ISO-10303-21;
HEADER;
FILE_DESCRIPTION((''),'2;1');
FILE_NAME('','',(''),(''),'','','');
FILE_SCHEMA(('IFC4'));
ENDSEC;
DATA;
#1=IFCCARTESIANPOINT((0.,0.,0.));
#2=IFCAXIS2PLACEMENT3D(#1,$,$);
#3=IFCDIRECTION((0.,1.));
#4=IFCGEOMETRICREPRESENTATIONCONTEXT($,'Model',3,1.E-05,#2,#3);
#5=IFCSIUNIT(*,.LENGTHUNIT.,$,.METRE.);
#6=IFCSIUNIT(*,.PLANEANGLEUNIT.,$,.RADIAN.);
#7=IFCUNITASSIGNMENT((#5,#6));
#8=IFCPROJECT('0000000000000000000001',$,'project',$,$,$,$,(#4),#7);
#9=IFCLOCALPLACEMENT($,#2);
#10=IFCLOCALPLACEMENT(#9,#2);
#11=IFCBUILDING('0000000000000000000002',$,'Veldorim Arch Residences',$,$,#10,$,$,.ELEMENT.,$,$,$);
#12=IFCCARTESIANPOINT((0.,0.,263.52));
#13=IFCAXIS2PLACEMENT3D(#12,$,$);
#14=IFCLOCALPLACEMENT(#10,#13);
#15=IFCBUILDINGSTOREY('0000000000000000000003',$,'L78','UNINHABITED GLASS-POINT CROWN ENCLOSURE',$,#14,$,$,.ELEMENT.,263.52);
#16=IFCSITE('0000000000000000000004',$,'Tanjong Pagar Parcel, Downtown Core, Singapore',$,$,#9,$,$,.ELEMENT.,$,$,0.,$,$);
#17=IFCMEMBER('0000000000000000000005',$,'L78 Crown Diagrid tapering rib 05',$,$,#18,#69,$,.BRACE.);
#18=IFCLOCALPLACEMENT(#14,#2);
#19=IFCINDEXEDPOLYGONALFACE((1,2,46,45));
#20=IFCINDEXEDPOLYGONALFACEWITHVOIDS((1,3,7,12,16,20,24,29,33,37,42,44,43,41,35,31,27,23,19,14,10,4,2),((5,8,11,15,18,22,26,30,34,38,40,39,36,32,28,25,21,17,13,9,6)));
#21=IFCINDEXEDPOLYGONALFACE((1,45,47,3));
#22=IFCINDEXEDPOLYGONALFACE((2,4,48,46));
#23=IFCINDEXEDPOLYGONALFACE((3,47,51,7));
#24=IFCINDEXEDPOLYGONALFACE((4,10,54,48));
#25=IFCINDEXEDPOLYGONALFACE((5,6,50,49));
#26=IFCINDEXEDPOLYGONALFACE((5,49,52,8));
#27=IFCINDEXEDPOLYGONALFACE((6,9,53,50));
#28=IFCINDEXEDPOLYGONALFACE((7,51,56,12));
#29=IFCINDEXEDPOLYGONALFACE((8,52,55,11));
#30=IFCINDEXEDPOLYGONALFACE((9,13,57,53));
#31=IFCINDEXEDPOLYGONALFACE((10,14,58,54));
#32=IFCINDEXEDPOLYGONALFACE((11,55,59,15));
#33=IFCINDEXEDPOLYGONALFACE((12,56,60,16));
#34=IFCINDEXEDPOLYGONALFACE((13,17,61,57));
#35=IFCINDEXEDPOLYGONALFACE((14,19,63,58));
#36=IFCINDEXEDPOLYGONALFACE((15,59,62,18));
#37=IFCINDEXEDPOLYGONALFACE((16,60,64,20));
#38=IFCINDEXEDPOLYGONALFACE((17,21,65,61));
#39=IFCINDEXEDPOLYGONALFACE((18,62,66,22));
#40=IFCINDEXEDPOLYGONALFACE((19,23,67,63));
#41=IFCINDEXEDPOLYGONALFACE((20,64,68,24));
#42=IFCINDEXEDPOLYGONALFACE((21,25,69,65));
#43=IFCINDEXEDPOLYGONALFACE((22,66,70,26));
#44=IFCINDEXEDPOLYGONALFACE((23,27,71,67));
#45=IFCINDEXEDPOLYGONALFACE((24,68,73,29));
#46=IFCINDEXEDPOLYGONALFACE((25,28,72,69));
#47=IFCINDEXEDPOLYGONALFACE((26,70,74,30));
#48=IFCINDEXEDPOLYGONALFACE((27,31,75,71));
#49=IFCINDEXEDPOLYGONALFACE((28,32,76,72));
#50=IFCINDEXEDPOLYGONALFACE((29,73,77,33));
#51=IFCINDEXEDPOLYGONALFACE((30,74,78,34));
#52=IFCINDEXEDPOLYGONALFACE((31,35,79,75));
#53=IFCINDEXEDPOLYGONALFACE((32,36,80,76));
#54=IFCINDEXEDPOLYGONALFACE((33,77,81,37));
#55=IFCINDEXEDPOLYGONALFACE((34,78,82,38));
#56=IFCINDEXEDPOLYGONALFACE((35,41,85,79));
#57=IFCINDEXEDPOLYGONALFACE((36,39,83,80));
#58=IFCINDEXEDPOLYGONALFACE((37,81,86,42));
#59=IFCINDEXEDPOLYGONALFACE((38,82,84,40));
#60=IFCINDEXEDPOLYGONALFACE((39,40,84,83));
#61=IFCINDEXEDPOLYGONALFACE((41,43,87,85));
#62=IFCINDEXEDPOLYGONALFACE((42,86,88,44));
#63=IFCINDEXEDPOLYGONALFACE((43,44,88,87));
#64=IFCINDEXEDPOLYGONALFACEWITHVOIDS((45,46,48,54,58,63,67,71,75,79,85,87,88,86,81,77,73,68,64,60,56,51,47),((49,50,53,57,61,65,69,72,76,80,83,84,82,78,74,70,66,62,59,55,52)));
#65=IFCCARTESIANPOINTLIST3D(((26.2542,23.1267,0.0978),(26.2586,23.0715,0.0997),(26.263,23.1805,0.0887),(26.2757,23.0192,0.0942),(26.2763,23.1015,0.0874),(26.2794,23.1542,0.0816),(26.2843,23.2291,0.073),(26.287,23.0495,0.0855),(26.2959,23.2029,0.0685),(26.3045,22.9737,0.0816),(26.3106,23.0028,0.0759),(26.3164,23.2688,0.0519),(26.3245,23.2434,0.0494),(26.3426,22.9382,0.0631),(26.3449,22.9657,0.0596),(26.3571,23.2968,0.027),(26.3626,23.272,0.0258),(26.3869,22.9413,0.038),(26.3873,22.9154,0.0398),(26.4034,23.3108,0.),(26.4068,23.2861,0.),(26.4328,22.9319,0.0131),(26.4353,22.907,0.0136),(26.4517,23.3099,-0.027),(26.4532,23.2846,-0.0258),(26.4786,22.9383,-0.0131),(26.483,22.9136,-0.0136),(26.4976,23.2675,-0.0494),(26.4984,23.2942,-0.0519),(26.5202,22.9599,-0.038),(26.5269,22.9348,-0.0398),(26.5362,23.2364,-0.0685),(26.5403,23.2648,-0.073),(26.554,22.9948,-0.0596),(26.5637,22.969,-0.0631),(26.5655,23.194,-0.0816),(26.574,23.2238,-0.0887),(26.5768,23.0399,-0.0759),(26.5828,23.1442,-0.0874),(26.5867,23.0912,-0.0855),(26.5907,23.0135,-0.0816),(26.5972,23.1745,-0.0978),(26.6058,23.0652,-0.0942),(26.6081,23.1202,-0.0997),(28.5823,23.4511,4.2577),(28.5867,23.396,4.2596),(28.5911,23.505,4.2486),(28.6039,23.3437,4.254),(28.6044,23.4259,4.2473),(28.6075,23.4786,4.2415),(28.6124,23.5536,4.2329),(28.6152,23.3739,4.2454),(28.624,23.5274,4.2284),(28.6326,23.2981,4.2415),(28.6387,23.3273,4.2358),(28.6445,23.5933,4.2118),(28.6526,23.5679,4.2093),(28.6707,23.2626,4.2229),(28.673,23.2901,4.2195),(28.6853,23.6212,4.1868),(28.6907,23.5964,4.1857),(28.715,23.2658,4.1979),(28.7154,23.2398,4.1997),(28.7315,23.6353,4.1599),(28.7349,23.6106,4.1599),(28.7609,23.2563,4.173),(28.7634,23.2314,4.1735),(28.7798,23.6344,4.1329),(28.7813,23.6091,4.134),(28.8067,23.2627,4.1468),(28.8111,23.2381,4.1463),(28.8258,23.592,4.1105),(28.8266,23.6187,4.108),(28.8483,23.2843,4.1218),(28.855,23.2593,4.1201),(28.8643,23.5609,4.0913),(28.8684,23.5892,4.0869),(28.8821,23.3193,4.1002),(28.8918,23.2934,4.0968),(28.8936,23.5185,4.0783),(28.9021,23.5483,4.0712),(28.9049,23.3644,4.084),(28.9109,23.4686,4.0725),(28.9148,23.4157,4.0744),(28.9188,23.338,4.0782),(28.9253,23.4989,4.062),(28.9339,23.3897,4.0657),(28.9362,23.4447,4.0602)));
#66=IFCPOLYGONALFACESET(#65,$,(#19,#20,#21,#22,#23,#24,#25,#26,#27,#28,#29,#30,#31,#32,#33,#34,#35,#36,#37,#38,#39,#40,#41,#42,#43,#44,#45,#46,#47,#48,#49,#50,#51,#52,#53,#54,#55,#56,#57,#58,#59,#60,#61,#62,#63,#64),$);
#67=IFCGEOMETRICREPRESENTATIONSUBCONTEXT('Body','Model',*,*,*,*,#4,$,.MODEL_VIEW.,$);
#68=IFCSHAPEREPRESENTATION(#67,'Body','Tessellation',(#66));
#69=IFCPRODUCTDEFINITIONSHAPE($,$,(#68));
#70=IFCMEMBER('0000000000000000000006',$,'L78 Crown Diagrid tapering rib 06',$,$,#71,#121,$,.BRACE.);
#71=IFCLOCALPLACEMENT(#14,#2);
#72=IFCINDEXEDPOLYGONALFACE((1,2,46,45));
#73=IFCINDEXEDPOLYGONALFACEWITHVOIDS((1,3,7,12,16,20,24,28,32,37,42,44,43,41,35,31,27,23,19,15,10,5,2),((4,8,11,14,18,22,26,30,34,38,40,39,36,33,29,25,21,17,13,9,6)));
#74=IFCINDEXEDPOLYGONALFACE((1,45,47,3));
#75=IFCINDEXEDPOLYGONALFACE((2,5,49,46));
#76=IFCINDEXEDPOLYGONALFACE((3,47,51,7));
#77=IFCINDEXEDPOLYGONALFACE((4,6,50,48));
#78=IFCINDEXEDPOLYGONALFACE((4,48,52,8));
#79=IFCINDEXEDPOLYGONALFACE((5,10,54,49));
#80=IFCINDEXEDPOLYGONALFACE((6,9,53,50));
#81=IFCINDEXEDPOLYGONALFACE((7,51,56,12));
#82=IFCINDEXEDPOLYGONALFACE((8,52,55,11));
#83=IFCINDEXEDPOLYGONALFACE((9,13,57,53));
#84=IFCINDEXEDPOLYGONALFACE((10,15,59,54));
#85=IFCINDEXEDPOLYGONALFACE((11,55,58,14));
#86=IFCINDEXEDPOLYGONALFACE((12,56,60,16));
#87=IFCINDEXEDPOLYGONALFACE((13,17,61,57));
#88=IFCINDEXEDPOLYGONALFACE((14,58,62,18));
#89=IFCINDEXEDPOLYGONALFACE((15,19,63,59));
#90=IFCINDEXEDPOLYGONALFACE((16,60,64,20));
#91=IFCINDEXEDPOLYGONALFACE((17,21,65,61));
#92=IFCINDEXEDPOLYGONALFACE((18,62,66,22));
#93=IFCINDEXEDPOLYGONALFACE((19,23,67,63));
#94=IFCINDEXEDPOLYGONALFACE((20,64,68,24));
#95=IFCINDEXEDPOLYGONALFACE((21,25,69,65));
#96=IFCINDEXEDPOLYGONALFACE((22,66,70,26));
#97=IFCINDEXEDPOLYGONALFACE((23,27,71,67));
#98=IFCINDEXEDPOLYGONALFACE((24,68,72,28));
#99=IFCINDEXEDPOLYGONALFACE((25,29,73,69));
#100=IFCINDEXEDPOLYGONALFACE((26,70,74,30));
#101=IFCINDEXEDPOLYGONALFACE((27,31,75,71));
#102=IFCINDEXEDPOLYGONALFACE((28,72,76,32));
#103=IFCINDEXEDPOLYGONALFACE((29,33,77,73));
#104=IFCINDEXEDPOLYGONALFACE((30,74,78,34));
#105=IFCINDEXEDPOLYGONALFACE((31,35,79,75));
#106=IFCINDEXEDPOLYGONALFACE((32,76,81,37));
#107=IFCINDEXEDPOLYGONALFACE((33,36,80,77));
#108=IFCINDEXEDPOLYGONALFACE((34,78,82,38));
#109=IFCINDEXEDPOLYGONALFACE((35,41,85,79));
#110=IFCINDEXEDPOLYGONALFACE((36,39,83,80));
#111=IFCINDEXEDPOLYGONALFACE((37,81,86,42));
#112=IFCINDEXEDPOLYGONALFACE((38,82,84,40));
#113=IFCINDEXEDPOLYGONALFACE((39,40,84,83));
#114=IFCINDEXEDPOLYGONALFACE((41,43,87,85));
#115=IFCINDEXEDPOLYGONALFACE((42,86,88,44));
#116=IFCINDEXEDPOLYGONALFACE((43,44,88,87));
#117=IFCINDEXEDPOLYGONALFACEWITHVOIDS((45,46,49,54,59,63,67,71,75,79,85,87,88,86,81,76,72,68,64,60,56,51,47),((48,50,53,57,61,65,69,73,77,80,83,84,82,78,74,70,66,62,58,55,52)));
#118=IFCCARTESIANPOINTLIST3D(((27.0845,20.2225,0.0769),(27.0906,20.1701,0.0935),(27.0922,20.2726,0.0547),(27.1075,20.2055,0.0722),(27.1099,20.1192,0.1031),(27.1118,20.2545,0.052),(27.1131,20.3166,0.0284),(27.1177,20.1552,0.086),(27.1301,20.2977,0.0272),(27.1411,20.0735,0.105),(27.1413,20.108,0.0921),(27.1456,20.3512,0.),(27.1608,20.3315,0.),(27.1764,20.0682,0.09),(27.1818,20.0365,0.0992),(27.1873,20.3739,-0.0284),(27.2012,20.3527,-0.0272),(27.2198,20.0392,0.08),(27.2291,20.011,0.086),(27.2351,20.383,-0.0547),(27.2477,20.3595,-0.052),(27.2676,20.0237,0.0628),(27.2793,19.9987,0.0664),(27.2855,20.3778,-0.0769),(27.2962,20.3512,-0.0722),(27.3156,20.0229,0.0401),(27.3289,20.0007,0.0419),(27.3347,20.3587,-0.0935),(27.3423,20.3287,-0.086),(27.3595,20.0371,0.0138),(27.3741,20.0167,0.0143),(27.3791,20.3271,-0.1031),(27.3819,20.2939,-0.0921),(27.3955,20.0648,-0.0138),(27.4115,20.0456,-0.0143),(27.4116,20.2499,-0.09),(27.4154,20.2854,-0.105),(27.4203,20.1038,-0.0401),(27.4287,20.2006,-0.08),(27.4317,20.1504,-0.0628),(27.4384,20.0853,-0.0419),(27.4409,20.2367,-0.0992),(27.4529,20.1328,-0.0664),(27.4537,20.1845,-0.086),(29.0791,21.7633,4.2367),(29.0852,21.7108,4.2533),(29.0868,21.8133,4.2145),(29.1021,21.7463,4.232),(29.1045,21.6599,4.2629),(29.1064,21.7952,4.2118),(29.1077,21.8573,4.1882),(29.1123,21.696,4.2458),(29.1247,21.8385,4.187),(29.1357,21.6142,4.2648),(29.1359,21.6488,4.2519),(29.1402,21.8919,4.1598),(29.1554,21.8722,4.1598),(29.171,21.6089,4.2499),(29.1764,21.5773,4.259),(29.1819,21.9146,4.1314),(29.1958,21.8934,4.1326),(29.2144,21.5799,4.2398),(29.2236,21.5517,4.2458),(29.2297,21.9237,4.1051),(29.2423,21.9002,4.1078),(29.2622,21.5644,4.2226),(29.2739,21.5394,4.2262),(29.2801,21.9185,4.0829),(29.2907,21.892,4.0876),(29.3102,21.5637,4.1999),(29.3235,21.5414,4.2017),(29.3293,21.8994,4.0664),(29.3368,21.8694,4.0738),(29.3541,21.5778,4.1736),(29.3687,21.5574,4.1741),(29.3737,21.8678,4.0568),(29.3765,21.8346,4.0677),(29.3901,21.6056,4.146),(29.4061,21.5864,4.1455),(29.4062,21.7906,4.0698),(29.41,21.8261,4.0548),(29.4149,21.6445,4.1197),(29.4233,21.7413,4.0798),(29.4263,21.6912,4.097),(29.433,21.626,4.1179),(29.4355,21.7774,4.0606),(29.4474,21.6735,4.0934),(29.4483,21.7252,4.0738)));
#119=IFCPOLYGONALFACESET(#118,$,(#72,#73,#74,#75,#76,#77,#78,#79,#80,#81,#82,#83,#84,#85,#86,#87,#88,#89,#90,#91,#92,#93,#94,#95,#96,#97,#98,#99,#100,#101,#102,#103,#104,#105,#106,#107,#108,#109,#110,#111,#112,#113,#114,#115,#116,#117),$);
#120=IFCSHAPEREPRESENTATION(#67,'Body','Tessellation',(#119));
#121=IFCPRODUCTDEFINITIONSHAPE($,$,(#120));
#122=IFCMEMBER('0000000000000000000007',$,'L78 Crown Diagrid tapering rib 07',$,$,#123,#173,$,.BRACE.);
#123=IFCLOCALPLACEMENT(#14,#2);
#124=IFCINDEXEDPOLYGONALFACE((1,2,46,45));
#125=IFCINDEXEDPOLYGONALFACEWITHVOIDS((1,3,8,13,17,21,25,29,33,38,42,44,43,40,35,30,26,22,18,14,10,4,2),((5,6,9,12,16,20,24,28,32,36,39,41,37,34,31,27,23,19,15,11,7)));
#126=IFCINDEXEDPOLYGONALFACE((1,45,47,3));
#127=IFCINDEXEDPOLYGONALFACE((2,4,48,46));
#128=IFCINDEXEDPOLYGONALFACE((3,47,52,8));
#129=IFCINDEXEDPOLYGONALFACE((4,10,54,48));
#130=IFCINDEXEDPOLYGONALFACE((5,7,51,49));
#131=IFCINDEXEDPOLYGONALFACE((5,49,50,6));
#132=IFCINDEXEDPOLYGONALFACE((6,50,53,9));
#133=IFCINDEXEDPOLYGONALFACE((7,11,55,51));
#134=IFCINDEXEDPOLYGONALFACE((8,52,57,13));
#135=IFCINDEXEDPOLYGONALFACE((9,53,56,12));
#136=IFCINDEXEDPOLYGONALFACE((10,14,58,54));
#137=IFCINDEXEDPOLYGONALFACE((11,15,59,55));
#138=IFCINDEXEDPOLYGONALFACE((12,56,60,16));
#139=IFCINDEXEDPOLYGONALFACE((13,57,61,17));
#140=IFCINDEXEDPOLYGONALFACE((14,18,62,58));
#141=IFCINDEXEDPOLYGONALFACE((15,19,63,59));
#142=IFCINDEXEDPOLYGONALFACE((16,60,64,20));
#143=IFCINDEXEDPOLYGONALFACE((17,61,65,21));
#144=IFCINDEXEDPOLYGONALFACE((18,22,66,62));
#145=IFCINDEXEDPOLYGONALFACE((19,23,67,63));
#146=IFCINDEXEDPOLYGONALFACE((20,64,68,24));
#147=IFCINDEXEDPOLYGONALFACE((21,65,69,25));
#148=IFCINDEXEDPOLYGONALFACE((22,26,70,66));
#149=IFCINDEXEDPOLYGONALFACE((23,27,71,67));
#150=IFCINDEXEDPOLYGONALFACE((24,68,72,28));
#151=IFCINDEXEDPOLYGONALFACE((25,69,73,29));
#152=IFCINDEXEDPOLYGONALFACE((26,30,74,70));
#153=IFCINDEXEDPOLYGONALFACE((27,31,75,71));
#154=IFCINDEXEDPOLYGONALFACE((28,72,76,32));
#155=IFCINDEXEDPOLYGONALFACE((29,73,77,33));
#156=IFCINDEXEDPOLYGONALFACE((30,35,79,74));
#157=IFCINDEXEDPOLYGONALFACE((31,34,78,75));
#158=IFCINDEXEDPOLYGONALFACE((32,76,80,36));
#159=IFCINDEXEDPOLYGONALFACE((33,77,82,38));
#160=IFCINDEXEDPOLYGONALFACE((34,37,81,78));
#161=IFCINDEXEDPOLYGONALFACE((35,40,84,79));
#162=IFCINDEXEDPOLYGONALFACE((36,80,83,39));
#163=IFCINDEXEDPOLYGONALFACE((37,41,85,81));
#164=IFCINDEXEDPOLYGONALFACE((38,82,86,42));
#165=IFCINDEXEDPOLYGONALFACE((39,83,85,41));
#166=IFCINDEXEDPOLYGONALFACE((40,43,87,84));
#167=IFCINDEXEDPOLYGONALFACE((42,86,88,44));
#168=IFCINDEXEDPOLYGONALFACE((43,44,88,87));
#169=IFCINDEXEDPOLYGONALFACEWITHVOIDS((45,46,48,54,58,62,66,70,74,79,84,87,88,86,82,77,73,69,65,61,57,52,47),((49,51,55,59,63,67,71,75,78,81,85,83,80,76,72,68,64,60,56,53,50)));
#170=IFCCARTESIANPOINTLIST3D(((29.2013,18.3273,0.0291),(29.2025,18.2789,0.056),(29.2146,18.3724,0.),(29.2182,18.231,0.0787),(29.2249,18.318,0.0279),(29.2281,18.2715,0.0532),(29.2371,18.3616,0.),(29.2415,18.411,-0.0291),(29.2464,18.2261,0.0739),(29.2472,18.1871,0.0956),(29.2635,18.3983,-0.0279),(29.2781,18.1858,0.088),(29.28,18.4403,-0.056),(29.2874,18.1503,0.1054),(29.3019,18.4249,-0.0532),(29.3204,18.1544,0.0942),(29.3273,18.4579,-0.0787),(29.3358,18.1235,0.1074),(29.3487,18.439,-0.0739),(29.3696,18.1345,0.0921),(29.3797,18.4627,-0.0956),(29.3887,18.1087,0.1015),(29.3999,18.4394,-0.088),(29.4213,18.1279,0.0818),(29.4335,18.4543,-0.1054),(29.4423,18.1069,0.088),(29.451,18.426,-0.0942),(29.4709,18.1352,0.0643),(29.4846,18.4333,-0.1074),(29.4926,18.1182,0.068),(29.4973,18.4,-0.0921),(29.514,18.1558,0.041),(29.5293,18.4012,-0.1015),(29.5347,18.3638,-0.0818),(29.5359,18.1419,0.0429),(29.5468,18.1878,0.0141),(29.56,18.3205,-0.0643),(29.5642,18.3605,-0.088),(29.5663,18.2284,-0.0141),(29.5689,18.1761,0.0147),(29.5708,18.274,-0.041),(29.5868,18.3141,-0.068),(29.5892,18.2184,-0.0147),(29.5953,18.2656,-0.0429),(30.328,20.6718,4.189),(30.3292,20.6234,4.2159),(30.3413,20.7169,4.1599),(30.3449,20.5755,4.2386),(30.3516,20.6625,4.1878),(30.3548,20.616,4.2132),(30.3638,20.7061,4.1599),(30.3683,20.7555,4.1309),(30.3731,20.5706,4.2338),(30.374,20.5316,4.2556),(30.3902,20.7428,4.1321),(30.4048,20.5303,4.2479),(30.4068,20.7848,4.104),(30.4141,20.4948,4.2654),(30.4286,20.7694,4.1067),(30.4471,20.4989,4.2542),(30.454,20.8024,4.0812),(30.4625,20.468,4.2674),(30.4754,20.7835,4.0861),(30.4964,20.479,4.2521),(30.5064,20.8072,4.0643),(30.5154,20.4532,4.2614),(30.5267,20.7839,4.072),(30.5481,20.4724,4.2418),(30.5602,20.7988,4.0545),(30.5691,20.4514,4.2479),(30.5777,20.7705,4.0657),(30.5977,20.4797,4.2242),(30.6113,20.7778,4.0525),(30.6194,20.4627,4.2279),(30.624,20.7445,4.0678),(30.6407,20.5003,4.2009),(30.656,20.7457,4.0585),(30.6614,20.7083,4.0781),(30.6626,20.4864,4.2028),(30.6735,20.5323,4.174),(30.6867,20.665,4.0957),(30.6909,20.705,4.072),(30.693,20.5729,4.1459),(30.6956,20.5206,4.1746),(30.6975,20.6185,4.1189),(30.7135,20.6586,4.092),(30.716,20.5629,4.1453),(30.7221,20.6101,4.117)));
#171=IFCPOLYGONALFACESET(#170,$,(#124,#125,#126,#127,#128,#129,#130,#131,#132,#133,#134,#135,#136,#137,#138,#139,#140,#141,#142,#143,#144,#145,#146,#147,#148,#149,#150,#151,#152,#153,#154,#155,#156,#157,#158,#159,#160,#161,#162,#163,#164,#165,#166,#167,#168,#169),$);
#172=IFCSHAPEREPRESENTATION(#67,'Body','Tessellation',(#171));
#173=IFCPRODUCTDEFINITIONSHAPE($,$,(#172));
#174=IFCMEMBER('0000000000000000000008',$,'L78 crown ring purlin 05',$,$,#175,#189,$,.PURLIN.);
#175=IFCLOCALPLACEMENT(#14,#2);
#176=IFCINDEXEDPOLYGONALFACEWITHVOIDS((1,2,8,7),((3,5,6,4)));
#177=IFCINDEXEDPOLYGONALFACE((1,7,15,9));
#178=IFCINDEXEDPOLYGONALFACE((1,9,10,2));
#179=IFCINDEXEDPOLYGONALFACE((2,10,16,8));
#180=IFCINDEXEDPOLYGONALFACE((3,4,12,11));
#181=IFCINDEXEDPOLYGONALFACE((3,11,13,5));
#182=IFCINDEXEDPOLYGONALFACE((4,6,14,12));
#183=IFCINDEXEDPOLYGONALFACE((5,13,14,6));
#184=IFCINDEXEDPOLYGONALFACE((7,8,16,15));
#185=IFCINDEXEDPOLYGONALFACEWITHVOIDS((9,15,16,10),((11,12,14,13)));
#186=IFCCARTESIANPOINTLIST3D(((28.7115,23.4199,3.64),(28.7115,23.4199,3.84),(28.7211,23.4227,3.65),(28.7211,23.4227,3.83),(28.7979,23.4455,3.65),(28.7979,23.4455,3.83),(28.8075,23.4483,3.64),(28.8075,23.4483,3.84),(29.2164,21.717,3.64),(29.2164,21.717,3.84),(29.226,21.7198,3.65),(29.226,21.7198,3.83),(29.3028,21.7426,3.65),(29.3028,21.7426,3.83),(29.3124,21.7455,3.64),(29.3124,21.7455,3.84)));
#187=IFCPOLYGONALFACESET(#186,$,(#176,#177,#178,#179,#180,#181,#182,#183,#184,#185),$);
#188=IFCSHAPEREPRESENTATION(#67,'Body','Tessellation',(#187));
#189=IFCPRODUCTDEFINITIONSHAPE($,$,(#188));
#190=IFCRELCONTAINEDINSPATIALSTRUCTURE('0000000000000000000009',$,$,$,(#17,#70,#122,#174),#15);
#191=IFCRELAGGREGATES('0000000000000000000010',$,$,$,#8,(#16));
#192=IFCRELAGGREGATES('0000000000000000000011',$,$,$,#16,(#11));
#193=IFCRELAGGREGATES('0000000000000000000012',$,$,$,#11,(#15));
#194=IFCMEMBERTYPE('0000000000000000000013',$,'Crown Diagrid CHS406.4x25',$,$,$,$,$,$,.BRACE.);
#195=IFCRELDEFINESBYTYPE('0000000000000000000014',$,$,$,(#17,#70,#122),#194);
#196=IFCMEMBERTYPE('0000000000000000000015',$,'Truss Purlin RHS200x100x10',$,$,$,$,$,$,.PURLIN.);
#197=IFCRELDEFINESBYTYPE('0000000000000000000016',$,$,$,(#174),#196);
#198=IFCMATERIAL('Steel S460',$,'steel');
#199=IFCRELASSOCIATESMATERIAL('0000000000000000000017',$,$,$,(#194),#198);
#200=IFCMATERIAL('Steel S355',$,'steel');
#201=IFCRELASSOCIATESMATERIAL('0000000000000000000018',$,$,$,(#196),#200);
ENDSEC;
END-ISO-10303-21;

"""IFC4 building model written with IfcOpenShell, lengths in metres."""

from ifc_helpers import new_model, si_unit, direction, frame, origin, origin_2d, place, context, subcontext, project, spatial, hollow_rectangle, hollow_circle, extrude, material, material_profile, profile_set, type_object, element, save


model = new_model("IFC4")

# Units and contexts
model_context = context("Model", 3, precision=1e-05, world=origin(), true_north=direction((0.0, 1.0)))
body_context = subcontext(model_context, "Body", "Model", "MODEL_VIEW")
ifc_project = project(units=[si_unit("LENGTHUNIT", "METRE"), si_unit("PLANEANGLEUNIT", "RADIAN")], contexts=[model_context])

# Site, building, storey
site_placement = place(None, origin())
site = spatial("IfcSite", under=ifc_project, at=site_placement, Name="Tanjong Pagar Parcel, Downtown Core, Singapore", CompositionType="ELEMENT", RefElevation=0.0)
building_placement = place(site_placement, origin())
building = spatial("IfcBuilding", under=site, at=building_placement, Name="Veldorim Arch Residences", CompositionType="ELEMENT")
storey_placement = place(building_placement, frame((0.0, 0.0, 263.52)))
storey = spatial("IfcBuildingStorey", under=building, at=storey_placement, Name="L78", Description="UNINHABITED GLASS-POINT CROWN ENCLOSURE", CompositionType="ELEMENT", Elevation=263.52)

# Members
ifc_material_1 = material(Name="Steel S460", Category="steel")
ifc_material_profile_1 = material_profile(ifc_material_1, hollow_circle(Radius=0.2031, WallThickness=0.0249, at=origin_2d()), Name="CHS406.4x25")
ifc_profile_set_1 = profile_set([ifc_material_profile_1], Name="Steel S460")
member_type_1 = type_object("IfcMemberType", Name="Crown Diagrid CHS406.4x25", PredefinedType="BRACE", material=ifc_profile_set_1)
member_1_placement = place(storey_placement, frame((26.4314, 23.1096, 0.0), z_axis=(0.487248, 0.067906, 0.870619), x_axis=(-0.138033, 0.990428, 0.0)))
element("IfcMember", 1, at=member_1_placement, inside=storey, type_object=member_type_1, Name="L78 Crown Diagrid tapering rib 05", PredefinedType="BRACE", context=body_context, shape_type="SweptSolid", body=[
    extrude(hollow_circle(Radius=0.2031, WallThickness=0.0249, at=origin_2d()), origin(), (0.0, 0.0, 1.0), 4.7781),
])
member_2_placement = place(storey_placement, frame((27.2698, 20.1904, 0.0), z_axis=(0.41009, 0.316778, 0.855265), x_axis=(-0.611315, 0.791387, 0.0)))
element("IfcMember", 2, at=member_2_placement, inside=storey, type_object=member_type_1, Name="L78 Crown Diagrid tapering rib 06", PredefinedType="BRACE", context=body_context, shape_type="SweptSolid", body=[
    extrude(hollow_circle(Radius=0.2031, WallThickness=0.0249, at=origin_2d()), origin(), (0.0, 0.0, 1.0), 4.8638),
])
member_3_placement = place(storey_placement, frame((29.3977, 18.2844, 0.0), z_axis=(0.229649, 0.47786, 0.847886), x_axis=(-0.901319, 0.433155, 0.0)))
element("IfcMember", 3, at=member_3_placement, inside=storey, type_object=member_type_1, Name="L78 Crown Diagrid tapering rib 07", PredefinedType="BRACE", context=body_context, shape_type="SweptSolid", body=[
    extrude(hollow_circle(Radius=0.2031, WallThickness=0.0249, at=origin_2d()), origin(), (0.0, 0.0, 1.0), 4.9062),
])
ifc_material_2 = material(Name="Steel S355", Category="steel")
ifc_material_profile_2 = material_profile(ifc_material_2, hollow_rectangle(XDim=0.1001, YDim=0.2, WallThickness=0.01, at=origin_2d()), Name="RHS200x100x10")
ifc_profile_set_2 = profile_set([ifc_material_profile_2], Name="Steel S355")
member_type_2 = type_object("IfcMemberType", Name="Truss Purlin RHS200x100x10", PredefinedType="PURLIN", material=ifc_profile_set_2)
member_4_placement = place(storey_placement, frame((28.7595, 23.4341, 3.74), z_axis=(0.284257, -0.958748, 0.0), x_axis=(0.958748, 0.284257, 0.0)))
element("IfcMember", 4, at=member_4_placement, inside=storey, type_object=member_type_2, Name="L78 crown ring purlin 05", PredefinedType="PURLIN", context=body_context, shape_type="SweptSolid", body=[
    extrude(hollow_rectangle(XDim=0.1001, YDim=0.2, WallThickness=0.01, at=origin_2d()), origin(), (0.0, 0.0, 1.0), 1.7761),
])

save(model, "model.ifc")
